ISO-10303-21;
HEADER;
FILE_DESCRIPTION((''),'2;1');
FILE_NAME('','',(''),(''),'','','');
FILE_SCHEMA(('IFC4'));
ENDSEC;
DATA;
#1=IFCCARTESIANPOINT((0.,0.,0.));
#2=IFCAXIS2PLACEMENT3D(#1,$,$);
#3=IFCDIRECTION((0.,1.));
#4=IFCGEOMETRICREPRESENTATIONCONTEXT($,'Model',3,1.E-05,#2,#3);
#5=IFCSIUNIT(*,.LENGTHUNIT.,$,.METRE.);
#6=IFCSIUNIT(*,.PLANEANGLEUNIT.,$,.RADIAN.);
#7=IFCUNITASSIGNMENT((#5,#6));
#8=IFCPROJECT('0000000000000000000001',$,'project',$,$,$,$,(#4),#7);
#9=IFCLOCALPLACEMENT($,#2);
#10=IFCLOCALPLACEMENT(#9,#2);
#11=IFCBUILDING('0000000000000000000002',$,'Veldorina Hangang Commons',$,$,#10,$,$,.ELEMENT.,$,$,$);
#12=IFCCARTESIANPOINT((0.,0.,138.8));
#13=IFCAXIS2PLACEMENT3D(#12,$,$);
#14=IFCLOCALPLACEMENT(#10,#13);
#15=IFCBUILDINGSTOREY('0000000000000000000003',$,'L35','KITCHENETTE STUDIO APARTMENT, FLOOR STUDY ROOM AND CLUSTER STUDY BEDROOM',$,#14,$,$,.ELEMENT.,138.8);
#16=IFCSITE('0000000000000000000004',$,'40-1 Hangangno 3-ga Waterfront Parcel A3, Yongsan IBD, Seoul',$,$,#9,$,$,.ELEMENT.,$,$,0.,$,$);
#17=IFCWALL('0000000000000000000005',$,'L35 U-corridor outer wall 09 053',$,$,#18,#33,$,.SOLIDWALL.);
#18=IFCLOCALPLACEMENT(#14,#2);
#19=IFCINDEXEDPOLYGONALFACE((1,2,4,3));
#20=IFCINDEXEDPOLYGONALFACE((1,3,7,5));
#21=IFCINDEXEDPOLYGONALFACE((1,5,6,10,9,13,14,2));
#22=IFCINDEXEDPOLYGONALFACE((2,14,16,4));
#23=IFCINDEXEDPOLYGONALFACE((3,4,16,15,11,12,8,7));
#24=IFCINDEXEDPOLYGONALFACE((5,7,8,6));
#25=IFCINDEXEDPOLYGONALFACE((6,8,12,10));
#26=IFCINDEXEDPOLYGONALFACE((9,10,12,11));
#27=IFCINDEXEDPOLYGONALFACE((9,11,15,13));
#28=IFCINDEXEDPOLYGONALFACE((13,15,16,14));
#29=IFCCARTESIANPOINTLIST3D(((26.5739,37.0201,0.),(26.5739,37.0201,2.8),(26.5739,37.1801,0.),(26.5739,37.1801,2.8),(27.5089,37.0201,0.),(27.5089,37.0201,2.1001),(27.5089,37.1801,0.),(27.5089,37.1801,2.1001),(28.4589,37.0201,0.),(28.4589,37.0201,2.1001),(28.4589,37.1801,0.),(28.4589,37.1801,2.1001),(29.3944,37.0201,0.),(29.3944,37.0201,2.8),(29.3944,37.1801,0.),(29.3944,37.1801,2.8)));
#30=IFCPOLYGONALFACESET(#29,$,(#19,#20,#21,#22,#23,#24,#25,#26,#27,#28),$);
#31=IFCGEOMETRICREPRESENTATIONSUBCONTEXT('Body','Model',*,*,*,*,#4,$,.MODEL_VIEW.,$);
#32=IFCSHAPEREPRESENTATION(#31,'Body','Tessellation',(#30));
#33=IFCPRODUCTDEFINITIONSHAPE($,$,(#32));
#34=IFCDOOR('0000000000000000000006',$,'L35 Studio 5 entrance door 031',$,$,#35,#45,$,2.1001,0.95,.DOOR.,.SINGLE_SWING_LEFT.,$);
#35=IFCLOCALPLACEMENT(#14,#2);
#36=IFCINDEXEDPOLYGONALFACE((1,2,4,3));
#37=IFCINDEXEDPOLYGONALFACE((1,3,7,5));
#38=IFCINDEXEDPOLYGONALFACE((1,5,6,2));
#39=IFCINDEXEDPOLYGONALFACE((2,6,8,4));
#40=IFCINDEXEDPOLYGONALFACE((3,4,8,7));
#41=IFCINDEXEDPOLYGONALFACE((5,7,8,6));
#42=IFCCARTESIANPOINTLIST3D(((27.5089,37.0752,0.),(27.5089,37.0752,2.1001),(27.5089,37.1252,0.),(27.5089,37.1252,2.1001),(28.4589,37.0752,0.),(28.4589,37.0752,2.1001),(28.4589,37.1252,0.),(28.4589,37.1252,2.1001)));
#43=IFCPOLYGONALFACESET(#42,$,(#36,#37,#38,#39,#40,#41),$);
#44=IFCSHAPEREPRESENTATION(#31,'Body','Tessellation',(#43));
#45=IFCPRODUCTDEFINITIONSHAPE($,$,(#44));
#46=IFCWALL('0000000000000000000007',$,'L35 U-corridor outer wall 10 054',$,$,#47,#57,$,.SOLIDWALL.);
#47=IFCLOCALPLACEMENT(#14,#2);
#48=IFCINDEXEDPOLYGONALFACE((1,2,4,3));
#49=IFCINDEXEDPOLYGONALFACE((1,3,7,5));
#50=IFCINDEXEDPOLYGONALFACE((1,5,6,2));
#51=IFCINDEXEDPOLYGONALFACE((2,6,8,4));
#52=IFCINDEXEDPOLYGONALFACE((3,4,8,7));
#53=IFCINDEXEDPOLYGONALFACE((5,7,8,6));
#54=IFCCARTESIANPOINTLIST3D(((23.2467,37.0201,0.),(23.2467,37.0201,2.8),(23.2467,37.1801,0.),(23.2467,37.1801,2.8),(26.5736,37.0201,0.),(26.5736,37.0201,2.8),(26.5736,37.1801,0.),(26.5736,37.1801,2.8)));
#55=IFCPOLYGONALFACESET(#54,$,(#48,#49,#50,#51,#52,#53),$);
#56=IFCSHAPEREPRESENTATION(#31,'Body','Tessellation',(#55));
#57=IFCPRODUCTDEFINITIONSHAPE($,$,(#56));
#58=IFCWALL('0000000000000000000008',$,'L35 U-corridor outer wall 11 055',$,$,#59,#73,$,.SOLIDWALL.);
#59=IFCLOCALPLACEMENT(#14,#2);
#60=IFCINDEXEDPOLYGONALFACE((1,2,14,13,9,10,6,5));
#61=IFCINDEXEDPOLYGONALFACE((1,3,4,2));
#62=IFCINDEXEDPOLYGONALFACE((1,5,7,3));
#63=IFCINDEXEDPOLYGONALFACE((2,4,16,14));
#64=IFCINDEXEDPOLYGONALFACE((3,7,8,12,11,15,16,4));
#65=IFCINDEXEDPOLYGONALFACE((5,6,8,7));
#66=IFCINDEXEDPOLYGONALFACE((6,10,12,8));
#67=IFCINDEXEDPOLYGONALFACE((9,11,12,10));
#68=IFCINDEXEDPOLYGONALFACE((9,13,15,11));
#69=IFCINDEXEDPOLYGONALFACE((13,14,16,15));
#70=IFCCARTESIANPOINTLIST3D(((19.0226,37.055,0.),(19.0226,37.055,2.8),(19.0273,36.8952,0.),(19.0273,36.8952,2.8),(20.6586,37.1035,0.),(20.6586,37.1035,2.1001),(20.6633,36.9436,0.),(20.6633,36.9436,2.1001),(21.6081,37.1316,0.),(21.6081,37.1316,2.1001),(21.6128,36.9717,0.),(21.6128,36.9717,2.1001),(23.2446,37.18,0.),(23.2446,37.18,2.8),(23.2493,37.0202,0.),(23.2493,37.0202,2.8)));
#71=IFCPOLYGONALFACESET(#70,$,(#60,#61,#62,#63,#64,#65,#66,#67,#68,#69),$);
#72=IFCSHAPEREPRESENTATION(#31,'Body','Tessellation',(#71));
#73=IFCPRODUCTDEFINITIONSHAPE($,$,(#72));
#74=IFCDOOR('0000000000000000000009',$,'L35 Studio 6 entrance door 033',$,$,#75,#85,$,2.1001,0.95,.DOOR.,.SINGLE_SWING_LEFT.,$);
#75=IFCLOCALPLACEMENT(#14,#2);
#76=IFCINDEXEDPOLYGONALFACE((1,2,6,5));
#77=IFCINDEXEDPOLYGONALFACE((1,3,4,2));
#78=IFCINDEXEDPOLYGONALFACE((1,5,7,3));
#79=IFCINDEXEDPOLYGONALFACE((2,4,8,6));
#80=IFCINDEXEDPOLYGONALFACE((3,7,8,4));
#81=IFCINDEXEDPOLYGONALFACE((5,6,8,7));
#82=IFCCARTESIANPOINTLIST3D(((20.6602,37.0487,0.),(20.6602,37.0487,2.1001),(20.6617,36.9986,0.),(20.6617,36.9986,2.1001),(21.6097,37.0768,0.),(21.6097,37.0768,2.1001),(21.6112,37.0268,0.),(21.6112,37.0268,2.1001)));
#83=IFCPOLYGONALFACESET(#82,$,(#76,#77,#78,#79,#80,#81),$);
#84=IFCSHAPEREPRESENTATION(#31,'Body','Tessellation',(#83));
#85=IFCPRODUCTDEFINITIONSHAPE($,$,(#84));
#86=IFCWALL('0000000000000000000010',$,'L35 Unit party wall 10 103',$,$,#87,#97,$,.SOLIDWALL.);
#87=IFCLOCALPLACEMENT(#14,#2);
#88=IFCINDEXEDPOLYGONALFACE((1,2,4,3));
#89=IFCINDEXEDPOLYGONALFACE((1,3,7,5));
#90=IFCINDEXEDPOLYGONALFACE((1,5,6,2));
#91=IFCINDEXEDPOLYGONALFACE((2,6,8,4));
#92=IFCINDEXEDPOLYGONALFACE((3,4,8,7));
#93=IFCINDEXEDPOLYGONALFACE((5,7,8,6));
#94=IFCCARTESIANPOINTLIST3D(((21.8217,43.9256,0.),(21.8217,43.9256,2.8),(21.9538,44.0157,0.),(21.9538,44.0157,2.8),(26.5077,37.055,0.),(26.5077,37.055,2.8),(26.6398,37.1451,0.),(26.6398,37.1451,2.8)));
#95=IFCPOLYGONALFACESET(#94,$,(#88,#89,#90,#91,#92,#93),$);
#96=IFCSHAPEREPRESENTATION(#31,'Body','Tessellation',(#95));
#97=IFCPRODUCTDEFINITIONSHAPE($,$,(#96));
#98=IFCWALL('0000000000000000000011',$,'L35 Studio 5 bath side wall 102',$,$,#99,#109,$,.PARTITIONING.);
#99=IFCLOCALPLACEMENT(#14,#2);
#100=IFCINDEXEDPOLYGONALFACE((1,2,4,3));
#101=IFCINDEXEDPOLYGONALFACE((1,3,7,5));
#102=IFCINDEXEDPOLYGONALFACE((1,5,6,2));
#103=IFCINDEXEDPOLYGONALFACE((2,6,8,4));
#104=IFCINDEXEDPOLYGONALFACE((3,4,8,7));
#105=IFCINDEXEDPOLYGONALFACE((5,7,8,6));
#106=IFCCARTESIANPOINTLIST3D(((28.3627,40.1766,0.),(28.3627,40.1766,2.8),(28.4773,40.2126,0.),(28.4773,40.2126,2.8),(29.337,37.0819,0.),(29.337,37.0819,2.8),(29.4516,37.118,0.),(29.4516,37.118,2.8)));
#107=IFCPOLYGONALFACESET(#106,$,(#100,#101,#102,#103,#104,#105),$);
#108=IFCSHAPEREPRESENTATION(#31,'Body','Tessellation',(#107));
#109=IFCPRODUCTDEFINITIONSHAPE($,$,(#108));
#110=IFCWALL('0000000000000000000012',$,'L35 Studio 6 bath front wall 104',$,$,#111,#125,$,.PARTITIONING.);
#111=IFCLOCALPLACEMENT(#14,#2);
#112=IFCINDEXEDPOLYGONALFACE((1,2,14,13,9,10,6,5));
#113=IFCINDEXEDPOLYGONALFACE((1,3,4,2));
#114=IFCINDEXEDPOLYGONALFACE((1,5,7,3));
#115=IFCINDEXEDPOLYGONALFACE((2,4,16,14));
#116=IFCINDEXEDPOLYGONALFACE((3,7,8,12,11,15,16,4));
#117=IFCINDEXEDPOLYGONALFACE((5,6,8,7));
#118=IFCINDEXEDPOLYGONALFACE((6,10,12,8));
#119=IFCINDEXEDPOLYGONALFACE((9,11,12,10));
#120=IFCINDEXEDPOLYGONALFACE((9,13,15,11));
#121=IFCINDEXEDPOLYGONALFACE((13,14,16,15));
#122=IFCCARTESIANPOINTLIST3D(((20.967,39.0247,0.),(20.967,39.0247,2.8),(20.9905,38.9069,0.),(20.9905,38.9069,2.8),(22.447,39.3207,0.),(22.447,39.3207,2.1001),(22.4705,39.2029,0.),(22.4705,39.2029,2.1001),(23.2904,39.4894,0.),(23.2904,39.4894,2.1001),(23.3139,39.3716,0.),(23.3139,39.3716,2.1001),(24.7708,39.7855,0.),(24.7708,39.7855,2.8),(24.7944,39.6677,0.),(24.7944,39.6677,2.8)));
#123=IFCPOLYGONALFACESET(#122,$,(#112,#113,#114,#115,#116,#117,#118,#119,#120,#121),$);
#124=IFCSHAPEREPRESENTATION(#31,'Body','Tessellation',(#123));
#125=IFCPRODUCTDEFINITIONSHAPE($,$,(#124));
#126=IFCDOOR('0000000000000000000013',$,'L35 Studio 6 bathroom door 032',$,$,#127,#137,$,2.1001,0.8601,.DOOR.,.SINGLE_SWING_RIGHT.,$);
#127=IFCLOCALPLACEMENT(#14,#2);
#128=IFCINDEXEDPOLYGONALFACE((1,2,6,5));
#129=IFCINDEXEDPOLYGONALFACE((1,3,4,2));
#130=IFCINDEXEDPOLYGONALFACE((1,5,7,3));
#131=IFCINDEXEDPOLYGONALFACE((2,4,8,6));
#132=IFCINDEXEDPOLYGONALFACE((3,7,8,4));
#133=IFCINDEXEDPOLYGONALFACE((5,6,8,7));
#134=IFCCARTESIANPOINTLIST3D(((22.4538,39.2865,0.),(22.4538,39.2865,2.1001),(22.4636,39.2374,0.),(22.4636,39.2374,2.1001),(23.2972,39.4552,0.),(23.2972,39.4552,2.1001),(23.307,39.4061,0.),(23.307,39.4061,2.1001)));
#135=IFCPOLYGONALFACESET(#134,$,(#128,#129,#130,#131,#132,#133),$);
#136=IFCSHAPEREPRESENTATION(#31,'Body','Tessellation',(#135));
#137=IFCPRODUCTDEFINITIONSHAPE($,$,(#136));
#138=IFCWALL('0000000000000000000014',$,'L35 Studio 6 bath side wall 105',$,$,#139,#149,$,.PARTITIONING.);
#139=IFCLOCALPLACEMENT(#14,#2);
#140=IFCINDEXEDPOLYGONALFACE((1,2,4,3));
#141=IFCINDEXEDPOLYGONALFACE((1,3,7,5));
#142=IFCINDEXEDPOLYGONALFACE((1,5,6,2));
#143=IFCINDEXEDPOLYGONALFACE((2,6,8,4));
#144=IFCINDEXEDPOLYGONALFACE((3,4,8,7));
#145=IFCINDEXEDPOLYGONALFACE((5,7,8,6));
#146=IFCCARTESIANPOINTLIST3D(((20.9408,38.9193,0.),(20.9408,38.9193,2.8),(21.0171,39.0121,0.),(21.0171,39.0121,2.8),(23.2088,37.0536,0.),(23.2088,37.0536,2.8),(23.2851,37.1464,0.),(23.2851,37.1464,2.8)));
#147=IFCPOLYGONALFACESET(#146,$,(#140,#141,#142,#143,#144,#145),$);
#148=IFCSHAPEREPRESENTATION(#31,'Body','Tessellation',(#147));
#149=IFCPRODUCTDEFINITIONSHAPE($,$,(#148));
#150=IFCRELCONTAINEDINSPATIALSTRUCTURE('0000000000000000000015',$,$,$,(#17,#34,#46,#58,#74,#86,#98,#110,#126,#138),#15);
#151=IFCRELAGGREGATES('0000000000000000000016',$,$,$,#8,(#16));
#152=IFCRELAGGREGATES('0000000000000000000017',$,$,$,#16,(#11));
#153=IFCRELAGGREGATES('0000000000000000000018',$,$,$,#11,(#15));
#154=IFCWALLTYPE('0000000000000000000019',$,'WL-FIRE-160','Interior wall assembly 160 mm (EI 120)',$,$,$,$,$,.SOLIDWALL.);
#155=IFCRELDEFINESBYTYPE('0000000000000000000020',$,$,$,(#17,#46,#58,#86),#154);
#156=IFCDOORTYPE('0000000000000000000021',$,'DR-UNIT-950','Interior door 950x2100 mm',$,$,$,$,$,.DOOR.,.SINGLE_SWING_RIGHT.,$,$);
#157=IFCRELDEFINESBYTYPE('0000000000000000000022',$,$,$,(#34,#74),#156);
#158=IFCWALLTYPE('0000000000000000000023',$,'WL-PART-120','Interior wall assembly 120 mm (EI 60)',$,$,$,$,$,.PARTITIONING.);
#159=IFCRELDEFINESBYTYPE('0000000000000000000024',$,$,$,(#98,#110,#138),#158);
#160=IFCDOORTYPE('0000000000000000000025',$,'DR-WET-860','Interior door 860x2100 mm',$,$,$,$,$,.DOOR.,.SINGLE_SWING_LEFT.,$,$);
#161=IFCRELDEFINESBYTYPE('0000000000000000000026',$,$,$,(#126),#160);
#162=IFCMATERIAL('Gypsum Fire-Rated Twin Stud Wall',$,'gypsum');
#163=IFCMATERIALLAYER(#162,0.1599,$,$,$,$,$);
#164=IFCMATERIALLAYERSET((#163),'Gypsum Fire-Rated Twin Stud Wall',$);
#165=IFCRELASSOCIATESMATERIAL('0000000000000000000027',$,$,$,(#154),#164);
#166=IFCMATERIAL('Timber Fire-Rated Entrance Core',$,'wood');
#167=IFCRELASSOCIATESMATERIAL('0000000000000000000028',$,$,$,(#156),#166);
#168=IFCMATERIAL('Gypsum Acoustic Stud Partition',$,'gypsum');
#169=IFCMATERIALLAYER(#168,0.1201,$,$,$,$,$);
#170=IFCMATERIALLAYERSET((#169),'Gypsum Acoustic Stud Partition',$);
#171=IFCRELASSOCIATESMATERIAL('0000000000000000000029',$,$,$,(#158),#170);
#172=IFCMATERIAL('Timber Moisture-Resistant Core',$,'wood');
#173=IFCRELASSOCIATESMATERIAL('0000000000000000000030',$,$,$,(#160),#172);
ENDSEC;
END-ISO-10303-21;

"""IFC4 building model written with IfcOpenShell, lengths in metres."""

from ifc_helpers import new_model, si_unit, direction, frame, frame_2d, origin, place, context, subcontext, project, spatial, rectangle, extrude, material, layer, layer_set, type_object, element, fill, save


model = new_model("IFC4")

# Units and contexts
model_context = context("Model", 3, precision=1e-05, world=origin(), true_north=direction((0.0, 1.0)))
body_context = subcontext(model_context, "Body", "Model", "MODEL_VIEW")
ifc_project = project(units=[si_unit("LENGTHUNIT", "METRE"), si_unit("PLANEANGLEUNIT", "RADIAN")], contexts=[model_context])

# Site, building, storey
site_placement = place(None, origin())
site = spatial("IfcSite", under=ifc_project, at=site_placement, Name="40-1 Hangangno 3-ga Waterfront Parcel A3, Yongsan IBD, Seoul", CompositionType="ELEMENT", RefElevation=0.0)
building_placement = place(site_placement, origin())
building = spatial("IfcBuilding", under=site, at=building_placement, Name="Veldorina Hangang Commons", CompositionType="ELEMENT")
storey_placement = place(building_placement, frame((0.0, 0.0, 138.8)))
storey = spatial("IfcBuildingStorey", under=building, at=storey_placement, Name="L35", Description="KITCHENETTE STUDIO APARTMENT, FLOOR STUDY ROOM AND CLUSTER STUDY BEDROOM", CompositionType="ELEMENT", Elevation=138.8)

# Shared definitions
ifc_material_1 = material(Name="Gypsum Fire-Rated Twin Stud Wall", Category="gypsum")
ifc_layer_1 = layer(ifc_material_1, 0.1599)
ifc_layer_set_1 = layer_set([ifc_layer_1], Name="Gypsum Fire-Rated Twin Stud Wall")
wall_type_1 = type_object("IfcWallType", Name="WL-FIRE-160", Description="Interior wall assembly 160 mm (EI 120)", PredefinedType="SOLIDWALL", material=ifc_layer_set_1)

# Wall, opening, door
wall_1_placement = place(storey_placement, frame((29.3943, 37.1001, 0.0), z_axis=(0.0, 0.0, 1.0), x_axis=(-1.0, 0.0, 0.0)))
wall_1 = element("IfcWall", 1, at=wall_1_placement, inside=storey, type_object=wall_type_1, Name="L35 U-corridor outer wall 09 053", PredefinedType="SOLIDWALL", context=body_context, shape_type="SweptSolid", body=[
    extrude(rectangle(XDim=2.8206, YDim=0.1599, at=frame_2d((1.4102, 0.0))), origin(), (0.0, 0.0, 1.0), 2.8),
])
opening_1_placement = place(wall_1_placement, frame((0.9353, 0.0, 0.0)))
opening_1 = element("IfcOpeningElement", 2, at=opening_1_placement, cuts=wall_1, PredefinedType="OPENING", context=body_context, shape_type="SweptSolid", body=[
    extrude(rectangle(XDim=0.95, YDim=2.1001, at=frame_2d((0.4751, 1.05))), frame((0.0, 0.0898, 0.0), z_axis=(0.0, -1.0, 0.0), x_axis=(1.0, 0.0, 0.0)), (0.0, 0.0, 1.0), 0.1799),
])
ifc_material_2 = material(Name="Timber Fire-Rated Entrance Core", Category="wood")
door_type_1 = type_object("IfcDoorType", Name="DR-UNIT-950", Description="Interior door 950x2100 mm", OperationType="SINGLE_SWING_RIGHT", PredefinedType="DOOR", material=ifc_material_2)
door_1_placement = place(opening_1_placement, origin())
door_1 = element("IfcDoor", 3, at=door_1_placement, inside=storey, type_object=door_type_1, Name="L35 Studio 5 entrance door 031", OperationType="SINGLE_SWING_LEFT", OverallHeight=2.1001, OverallWidth=0.95, PredefinedType="DOOR", context=body_context, shape_type="SweptSolid", body=[
    extrude(rectangle(XDim=0.95, YDim=2.1001, at=frame_2d((0.4751, 1.05))), frame((0.0, 0.0249, 0.0), z_axis=(0.0, -1.0, 0.0), x_axis=(1.0, 0.0, 0.0)), (0.0, 0.0, 1.0), 0.05),
])
fill(opening_1, door_1)

# Wall
wall_2_placement = place(storey_placement, frame((26.5737, 37.1001, 0.0), z_axis=(0.0, 0.0, 1.0), x_axis=(-1.0, 0.0, 0.0)))
element("IfcWall", 4, at=wall_2_placement, inside=storey, type_object=wall_type_1, Name="L35 U-corridor outer wall 10 054", PredefinedType="SOLIDWALL", context=body_context, shape_type="SweptSolid", body=[
    extrude(rectangle(XDim=3.3269, YDim=0.1599, at=frame_2d((1.6636, 0.0))), origin(), (0.0, 0.0, 1.0), 2.8),
])

# Wall, opening, door
wall_3_placement = place(storey_placement, frame((23.2468, 37.1001, 0.0), z_axis=(0.0, 0.0, 1.0), x_axis=(-0.999562, -0.029594, 0.0)))
wall_3 = element("IfcWall", 5, at=wall_3_placement, inside=storey, type_object=wall_type_1, Name="L35 U-corridor outer wall 11 055", PredefinedType="SOLIDWALL", context=body_context, shape_type="SweptSolid", body=[
    extrude(rectangle(XDim=4.2239, YDim=0.1599, at=frame_2d((2.1118, 0.0))), origin(), (0.0, 0.0, 1.0), 2.8),
])
opening_2_placement = place(wall_3_placement, frame((1.637, 0.0, 0.0)))
opening_2 = element("IfcOpeningElement", 6, at=opening_2_placement, cuts=wall_3, PredefinedType="OPENING", context=body_context, shape_type="SweptSolid", body=[
    extrude(rectangle(XDim=0.95, YDim=2.1001, at=frame_2d((0.4751, 1.05))), frame((0.0, 0.0898, 0.0), z_axis=(0.0, -1.0, 0.0), x_axis=(1.0, 0.0, 0.0)), (0.0, 0.0, 1.0), 0.1799),
])
door_2_placement = place(opening_2_placement, origin())
door_2 = element("IfcDoor", 7, at=door_2_placement, inside=storey, type_object=door_type_1, Name="L35 Studio 6 entrance door 033", OperationType="SINGLE_SWING_LEFT", OverallHeight=2.1001, OverallWidth=0.95, PredefinedType="DOOR", context=body_context, shape_type="SweptSolid", body=[
    extrude(rectangle(XDim=0.95, YDim=2.1001, at=frame_2d((0.4751, 1.05))), frame((0.0, 0.0249, 0.0), z_axis=(0.0, -1.0, 0.0), x_axis=(1.0, 0.0, 0.0)), (0.0, 0.0, 1.0), 0.05),
])
fill(opening_2, door_2)

# Walls
wall_4_placement = place(storey_placement, frame((26.5737, 37.1001, 0.0), z_axis=(0.0, 0.0, 1.0), x_axis=(-0.563463, 0.826142, 0.0)))
element("IfcWall", 8, at=wall_4_placement, inside=storey, type_object=wall_type_1, Name="L35 Unit party wall 10 103", PredefinedType="SOLIDWALL", context=body_context, shape_type="SweptSolid", body=[
    extrude(rectangle(XDim=8.3164, YDim=0.1599, at=frame_2d((4.1582, 0.0))), origin(), (0.0, 0.0, 1.0), 2.8),
])
ifc_material_3 = material(Name="Gypsum Acoustic Stud Partition", Category="gypsum")
ifc_layer_2 = layer(ifc_material_3, 0.1201)
ifc_layer_set_2 = layer_set([ifc_layer_2], Name="Gypsum Acoustic Stud Partition")
wall_type_2 = type_object("IfcWallType", Name="WL-PART-120", Description="Interior wall assembly 120 mm (EI 60)", PredefinedType="PARTITIONING", material=ifc_layer_set_2)
wall_5_placement = place(storey_placement, frame((29.3943, 37.1001, 0.0), z_axis=(0.0, 0.0, 1.0), x_axis=(-0.300314, 0.95384, 0.0)))
element("IfcWall", 9, at=wall_5_placement, inside=storey, type_object=wall_type_2, Name="L35 Studio 5 bath side wall 102", PredefinedType="PARTITIONING", context=body_context, shape_type="SweptSolid", body=[
    extrude(rectangle(XDim=3.2444, YDim=0.1201, at=frame_2d((1.6221, 0.0))), origin(), (0.0, 0.0, 1.0), 2.8),
])

# Wall, opening, door
wall_6_placement = place(storey_placement, frame((24.7825, 39.7266, 0.0), z_axis=(0.0, 0.0, 1.0), x_axis=(-0.980581, -0.196116, 0.0)))
wall_6 = element("IfcWall", 10, at=wall_6_placement, inside=storey, type_object=wall_type_2, Name="L35 Studio 6 bath front wall 104", PredefinedType="PARTITIONING", context=body_context, shape_type="SweptSolid", body=[
    extrude(rectangle(XDim=3.8792, YDim=0.1201, at=frame_2d((1.9395, 0.0))), origin(), (0.0, 0.0, 1.0), 2.8),
])
opening_3_placement = place(wall_6_placement, frame((1.5095, 0.0, 0.0)))
opening_3 = element("IfcOpeningElement", 11, at=opening_3_placement, cuts=wall_6, PredefinedType="OPENING", context=body_context, shape_type="SweptSolid", body=[
    extrude(rectangle(XDim=0.8601, YDim=2.1001, at=frame_2d((0.4302, 1.05))), frame((0.0, 0.0701, 0.0), z_axis=(0.0, -1.0, 0.0), x_axis=(1.0, 0.0, 0.0)), (0.0, 0.0, 1.0), 0.1401),
])
ifc_material_4 = material(Name="Timber Moisture-Resistant Core", Category="wood")
door_type_2 = type_object("IfcDoorType", Name="DR-WET-860", Description="Interior door 860x2100 mm", OperationType="SINGLE_SWING_LEFT", PredefinedType="DOOR", material=ifc_material_4)
door_3_placement = place(opening_3_placement, origin())
door_3 = element("IfcDoor", 12, at=door_3_placement, inside=storey, type_object=door_type_2, Name="L35 Studio 6 bathroom door 032", OperationType="SINGLE_SWING_RIGHT", OverallHeight=2.1001, OverallWidth=0.8601, PredefinedType="DOOR", context=body_context, shape_type="SweptSolid", body=[
    extrude(rectangle(XDim=0.8601, YDim=2.1001, at=frame_2d((0.4302, 1.05))), frame((0.0, 0.0249, 0.0), z_axis=(0.0, -1.0, 0.0), x_axis=(1.0, 0.0, 0.0)), (0.0, 0.0, 1.0), 0.05),
])
fill(opening_3, door_3)

# Wall
wall_7_placement = place(storey_placement, frame((23.2468, 37.1001, 0.0), z_axis=(0.0, 0.0, 1.0), x_axis=(-0.77228, 0.635282, 0.0)))
element("IfcWall", 13, at=wall_7_placement, inside=storey, type_object=wall_type_2, Name="L35 Studio 6 bath side wall 105", PredefinedType="PARTITIONING", context=body_context, shape_type="SweptSolid", body=[
    extrude(rectangle(XDim=2.9368, YDim=0.1201, at=frame_2d((1.4683, 0.0))), origin(), (0.0, 0.0, 1.0), 2.8),
])

save(model, "model.ifc")
